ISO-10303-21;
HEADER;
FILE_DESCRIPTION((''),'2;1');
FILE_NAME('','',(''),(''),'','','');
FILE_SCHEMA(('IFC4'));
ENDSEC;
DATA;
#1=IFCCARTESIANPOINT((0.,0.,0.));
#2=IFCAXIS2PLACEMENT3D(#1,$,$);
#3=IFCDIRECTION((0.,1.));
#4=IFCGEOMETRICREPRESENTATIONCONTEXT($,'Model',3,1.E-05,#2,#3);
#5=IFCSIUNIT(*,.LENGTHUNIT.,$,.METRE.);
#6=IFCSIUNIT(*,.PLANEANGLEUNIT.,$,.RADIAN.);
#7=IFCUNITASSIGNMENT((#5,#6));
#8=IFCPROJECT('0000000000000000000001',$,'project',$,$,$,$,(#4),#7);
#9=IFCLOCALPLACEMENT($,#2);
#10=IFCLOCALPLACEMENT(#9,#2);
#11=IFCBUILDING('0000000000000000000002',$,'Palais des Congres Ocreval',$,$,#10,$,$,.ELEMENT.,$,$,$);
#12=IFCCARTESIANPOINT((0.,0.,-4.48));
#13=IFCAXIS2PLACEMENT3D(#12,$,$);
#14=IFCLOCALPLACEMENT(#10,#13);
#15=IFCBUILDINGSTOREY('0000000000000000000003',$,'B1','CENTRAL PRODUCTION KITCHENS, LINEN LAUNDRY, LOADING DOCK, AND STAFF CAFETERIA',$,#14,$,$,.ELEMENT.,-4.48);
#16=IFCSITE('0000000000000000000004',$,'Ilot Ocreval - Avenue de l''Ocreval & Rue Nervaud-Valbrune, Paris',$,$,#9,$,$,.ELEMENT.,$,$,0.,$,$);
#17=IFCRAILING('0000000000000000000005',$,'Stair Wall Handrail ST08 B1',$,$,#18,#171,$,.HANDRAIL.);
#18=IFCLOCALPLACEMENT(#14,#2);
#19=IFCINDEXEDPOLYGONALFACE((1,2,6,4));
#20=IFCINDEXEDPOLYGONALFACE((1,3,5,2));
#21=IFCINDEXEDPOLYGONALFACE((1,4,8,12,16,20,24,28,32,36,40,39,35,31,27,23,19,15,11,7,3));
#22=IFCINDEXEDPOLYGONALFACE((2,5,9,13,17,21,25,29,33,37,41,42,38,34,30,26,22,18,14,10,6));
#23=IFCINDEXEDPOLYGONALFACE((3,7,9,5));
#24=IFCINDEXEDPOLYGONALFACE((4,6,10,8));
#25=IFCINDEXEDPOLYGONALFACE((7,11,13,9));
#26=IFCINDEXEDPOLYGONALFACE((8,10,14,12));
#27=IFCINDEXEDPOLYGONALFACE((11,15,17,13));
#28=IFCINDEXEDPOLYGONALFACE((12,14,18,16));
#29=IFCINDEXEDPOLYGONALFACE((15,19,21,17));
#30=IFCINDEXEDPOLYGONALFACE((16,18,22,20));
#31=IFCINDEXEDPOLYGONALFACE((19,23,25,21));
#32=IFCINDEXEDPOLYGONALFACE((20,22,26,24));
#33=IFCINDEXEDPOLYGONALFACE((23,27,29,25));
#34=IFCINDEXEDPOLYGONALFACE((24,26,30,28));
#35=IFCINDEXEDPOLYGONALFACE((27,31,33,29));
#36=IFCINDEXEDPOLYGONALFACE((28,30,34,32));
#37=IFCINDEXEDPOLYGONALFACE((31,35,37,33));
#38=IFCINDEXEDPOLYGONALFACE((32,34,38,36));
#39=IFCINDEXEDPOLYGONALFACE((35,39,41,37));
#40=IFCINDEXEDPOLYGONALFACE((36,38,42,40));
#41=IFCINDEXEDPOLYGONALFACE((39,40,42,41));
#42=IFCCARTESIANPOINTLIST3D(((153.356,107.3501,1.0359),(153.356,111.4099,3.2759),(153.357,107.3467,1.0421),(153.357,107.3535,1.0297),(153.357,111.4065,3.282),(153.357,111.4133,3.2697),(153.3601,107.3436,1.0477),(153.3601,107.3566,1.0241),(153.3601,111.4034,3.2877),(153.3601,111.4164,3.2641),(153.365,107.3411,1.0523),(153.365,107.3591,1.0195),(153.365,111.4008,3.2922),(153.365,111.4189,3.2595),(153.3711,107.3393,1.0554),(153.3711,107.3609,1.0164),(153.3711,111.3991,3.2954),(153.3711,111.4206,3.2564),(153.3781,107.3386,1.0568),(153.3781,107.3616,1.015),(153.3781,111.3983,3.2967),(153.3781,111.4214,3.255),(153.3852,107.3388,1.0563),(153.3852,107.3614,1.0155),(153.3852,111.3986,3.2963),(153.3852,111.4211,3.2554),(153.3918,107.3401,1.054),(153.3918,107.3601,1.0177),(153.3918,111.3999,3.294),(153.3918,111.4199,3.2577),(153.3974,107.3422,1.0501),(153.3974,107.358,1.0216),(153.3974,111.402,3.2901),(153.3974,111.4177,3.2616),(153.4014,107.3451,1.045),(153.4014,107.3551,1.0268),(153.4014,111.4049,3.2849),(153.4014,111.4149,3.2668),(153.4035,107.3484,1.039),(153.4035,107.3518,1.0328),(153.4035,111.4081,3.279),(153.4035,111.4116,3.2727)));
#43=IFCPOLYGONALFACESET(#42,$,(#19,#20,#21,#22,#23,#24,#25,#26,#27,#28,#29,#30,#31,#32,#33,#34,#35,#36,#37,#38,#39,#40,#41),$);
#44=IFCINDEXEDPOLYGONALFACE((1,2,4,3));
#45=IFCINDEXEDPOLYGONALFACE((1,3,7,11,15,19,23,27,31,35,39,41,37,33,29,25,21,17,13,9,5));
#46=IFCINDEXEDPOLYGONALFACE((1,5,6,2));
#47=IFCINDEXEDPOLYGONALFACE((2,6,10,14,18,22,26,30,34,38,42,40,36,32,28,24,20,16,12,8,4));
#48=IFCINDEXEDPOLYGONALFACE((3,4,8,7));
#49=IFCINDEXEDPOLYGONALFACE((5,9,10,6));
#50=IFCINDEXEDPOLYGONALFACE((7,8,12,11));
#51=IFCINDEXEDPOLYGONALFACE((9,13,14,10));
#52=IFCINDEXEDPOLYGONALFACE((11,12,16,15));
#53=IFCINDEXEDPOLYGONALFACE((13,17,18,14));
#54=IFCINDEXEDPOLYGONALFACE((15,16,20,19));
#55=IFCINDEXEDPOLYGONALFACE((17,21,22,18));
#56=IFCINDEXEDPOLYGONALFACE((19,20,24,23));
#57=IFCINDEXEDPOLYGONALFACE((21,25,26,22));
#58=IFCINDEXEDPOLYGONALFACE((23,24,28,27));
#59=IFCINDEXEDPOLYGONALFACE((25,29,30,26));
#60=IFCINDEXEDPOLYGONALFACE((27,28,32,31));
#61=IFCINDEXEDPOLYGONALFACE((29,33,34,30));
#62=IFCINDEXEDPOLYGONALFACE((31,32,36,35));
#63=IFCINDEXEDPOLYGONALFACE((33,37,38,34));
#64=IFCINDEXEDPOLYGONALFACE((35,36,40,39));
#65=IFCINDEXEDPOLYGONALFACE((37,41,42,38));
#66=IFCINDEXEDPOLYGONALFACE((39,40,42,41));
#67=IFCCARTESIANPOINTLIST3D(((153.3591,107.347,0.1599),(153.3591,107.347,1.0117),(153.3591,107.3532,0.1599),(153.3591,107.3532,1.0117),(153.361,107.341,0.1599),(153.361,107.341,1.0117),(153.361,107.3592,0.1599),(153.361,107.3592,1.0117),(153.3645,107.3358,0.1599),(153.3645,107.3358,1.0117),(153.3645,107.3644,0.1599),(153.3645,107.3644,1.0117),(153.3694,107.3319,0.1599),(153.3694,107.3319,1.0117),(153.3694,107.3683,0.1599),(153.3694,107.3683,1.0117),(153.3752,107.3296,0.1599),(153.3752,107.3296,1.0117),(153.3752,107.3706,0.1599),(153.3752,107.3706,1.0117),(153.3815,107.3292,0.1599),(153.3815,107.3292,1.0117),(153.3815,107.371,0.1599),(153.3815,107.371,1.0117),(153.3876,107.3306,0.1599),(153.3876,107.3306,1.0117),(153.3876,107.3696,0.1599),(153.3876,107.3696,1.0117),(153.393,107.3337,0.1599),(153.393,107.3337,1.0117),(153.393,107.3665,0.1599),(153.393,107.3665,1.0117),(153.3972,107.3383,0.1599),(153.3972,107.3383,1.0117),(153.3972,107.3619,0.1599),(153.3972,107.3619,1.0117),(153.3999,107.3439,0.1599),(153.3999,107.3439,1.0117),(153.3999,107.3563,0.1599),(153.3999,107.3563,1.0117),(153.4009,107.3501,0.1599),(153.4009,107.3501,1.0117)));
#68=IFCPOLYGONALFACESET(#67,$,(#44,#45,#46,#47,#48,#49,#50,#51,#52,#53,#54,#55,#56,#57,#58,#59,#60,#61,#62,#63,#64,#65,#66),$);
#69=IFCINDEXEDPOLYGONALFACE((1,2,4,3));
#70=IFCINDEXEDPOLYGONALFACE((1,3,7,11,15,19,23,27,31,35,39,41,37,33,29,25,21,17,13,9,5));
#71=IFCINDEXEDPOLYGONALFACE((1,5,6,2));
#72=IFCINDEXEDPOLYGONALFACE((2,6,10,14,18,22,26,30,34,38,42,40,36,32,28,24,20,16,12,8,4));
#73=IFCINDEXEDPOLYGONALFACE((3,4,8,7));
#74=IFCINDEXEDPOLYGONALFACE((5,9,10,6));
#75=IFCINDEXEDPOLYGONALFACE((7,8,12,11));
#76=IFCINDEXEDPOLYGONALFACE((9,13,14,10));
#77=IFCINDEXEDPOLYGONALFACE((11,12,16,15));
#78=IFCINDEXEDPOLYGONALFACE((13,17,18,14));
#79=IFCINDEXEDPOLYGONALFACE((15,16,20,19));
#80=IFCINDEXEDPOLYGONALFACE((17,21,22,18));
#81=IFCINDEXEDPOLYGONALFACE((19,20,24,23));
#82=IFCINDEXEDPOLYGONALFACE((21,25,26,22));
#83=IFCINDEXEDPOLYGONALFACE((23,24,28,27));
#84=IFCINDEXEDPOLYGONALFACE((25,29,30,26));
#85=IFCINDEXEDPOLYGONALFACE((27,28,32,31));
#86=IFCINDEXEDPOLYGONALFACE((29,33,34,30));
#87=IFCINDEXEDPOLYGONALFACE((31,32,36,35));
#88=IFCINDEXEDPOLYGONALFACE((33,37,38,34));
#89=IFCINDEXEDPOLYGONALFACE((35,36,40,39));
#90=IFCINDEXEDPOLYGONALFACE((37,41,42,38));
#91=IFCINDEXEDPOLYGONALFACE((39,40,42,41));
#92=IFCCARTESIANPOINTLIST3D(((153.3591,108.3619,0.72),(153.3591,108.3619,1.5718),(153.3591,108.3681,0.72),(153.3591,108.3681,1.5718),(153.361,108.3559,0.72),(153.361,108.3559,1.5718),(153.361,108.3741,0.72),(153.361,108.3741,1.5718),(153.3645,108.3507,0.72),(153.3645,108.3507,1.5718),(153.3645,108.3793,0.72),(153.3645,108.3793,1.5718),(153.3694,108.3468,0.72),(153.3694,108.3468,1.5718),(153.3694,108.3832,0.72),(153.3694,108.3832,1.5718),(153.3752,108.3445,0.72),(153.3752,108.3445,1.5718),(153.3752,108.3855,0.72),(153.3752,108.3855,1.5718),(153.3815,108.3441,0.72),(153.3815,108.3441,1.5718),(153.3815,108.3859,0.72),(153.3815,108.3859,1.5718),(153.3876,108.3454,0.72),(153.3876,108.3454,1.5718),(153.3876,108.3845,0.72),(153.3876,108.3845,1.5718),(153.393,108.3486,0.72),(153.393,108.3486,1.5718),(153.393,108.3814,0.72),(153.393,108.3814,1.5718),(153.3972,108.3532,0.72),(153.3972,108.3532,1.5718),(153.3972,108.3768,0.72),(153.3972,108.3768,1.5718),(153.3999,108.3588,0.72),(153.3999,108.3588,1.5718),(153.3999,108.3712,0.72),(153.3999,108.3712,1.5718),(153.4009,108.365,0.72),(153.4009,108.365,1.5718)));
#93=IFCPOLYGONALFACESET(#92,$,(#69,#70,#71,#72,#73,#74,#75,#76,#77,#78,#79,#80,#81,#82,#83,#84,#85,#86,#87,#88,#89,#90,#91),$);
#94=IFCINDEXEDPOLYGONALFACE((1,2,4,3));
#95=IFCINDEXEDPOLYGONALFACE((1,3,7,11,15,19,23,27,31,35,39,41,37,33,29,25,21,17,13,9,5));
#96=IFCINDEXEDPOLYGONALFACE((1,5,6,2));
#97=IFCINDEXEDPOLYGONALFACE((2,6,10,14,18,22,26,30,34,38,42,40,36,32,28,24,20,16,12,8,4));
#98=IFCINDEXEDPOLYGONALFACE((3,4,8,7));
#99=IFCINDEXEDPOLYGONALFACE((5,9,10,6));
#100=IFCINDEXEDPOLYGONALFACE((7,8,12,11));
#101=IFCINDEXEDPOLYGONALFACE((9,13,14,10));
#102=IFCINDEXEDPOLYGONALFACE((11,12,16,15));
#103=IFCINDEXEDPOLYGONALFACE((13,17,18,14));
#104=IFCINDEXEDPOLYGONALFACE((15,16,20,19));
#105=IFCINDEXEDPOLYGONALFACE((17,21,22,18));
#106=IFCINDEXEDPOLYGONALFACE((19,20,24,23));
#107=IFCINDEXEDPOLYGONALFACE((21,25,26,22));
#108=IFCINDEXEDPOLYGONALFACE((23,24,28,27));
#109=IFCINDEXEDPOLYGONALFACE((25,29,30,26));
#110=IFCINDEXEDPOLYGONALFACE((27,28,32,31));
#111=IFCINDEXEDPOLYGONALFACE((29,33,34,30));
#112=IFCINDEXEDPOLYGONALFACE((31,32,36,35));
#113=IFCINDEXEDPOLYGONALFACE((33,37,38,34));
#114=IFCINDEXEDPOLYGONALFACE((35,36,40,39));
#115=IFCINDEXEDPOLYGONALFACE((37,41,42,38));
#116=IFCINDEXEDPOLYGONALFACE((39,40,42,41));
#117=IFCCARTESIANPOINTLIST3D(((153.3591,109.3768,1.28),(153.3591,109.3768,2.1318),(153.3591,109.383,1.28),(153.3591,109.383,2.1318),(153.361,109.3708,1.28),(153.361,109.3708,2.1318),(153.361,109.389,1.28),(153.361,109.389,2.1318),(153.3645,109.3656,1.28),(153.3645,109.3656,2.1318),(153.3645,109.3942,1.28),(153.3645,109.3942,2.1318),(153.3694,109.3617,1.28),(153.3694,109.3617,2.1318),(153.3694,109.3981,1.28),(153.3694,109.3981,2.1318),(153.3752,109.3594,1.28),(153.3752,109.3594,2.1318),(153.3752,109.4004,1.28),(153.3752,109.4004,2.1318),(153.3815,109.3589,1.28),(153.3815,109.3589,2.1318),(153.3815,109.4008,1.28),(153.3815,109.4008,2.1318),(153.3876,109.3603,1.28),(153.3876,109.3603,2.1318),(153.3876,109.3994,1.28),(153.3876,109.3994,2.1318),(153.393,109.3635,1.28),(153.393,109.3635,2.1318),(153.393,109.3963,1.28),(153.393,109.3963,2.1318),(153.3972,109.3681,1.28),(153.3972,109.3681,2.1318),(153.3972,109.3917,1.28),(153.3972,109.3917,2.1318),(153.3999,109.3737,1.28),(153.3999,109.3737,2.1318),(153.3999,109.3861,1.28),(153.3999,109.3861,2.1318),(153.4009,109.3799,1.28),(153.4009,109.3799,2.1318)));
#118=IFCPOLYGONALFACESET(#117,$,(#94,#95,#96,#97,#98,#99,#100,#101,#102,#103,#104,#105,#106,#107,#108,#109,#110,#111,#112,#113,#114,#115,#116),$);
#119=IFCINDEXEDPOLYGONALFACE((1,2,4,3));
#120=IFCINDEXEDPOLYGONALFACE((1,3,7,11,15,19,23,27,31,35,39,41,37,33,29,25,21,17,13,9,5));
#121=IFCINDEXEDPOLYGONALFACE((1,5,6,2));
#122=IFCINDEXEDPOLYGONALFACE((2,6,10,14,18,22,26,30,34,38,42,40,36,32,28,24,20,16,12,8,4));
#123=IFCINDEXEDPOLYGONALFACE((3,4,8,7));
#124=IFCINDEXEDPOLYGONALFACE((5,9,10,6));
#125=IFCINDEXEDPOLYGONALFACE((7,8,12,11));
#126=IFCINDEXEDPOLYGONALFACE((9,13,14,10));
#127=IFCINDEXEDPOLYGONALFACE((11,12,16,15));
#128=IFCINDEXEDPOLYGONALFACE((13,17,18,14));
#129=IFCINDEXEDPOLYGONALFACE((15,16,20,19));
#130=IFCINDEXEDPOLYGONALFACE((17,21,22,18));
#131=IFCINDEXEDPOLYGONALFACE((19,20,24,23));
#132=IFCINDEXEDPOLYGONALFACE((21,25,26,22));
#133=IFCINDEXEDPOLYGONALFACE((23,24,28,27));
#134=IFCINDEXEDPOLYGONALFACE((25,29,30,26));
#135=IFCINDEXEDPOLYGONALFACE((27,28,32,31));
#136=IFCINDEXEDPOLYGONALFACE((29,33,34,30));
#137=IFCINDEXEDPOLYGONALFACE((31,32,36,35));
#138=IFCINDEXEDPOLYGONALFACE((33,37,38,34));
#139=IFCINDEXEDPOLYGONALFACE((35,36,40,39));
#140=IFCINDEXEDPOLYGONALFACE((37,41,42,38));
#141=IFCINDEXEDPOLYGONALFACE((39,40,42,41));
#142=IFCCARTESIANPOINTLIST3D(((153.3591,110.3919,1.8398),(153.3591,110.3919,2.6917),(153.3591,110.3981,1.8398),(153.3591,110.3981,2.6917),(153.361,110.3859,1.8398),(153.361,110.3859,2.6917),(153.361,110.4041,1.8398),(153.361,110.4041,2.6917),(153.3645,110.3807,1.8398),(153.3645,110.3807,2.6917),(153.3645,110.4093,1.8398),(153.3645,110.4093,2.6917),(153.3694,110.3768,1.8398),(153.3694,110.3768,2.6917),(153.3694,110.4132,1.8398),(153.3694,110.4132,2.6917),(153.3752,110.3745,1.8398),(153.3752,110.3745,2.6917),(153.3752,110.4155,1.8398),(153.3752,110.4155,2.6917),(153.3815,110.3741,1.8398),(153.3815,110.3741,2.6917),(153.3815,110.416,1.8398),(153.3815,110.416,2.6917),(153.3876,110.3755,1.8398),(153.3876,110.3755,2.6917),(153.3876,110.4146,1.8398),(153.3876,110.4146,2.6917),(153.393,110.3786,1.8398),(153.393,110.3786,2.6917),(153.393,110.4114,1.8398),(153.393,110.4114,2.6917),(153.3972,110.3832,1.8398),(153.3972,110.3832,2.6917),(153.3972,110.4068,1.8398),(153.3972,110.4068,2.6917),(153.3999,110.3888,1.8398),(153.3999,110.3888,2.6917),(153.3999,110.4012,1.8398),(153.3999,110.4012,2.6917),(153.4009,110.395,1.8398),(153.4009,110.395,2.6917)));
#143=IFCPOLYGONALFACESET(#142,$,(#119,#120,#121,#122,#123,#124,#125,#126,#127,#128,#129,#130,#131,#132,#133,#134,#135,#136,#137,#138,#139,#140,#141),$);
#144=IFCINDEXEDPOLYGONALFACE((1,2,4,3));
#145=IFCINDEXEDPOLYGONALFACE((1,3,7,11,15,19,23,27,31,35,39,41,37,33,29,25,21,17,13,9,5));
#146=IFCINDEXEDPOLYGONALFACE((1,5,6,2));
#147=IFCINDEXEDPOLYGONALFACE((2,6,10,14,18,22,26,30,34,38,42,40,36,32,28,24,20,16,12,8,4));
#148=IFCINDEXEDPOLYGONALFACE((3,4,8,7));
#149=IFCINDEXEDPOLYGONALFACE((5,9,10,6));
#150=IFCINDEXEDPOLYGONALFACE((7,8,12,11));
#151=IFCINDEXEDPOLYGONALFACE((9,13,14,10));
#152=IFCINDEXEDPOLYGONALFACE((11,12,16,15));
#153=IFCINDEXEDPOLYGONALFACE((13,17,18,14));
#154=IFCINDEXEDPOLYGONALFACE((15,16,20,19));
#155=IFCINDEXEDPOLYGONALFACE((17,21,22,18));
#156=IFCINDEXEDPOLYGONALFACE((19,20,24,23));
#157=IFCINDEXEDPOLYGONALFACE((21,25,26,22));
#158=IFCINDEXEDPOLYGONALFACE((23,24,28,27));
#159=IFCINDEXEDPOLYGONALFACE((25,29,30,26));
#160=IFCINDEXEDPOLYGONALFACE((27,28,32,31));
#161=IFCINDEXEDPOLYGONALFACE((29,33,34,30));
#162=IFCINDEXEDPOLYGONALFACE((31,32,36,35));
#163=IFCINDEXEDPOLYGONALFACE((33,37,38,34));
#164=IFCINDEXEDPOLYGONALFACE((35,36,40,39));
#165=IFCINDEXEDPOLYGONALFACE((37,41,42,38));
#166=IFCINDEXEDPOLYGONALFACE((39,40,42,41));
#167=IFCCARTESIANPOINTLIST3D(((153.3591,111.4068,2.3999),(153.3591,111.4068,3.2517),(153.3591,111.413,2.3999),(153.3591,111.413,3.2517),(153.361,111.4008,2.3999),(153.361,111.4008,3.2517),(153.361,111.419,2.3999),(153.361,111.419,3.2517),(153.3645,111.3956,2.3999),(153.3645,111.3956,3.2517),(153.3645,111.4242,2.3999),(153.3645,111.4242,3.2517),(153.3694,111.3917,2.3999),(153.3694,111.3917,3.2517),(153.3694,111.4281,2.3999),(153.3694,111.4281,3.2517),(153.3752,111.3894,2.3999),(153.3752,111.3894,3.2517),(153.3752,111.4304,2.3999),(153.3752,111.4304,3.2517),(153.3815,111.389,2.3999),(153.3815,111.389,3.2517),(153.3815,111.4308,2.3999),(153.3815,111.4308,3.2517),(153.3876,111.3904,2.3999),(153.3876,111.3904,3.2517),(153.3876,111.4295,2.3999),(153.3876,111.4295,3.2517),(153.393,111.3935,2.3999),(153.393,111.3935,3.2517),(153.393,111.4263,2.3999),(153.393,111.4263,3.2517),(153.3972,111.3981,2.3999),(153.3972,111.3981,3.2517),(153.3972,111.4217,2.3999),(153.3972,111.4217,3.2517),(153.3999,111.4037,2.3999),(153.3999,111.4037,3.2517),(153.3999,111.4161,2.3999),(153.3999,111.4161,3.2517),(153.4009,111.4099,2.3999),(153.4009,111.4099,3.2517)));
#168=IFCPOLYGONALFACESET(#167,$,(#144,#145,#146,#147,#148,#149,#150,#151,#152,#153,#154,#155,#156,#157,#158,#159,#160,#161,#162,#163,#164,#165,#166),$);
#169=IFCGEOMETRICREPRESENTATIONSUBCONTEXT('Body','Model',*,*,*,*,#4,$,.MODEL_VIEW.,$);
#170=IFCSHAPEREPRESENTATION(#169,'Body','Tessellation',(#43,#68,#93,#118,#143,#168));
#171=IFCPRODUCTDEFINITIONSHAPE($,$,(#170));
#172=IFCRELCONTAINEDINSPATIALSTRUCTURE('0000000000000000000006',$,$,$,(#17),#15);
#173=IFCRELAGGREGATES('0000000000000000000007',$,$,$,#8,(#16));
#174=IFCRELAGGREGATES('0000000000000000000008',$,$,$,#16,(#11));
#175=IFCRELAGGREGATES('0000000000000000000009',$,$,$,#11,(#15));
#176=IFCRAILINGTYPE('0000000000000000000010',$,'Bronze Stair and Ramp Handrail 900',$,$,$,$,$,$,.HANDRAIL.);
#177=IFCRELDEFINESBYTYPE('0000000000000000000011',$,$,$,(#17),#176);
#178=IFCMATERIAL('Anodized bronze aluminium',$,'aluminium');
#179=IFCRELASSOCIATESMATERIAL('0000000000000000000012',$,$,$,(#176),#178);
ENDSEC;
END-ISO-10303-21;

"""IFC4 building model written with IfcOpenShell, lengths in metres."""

from ifc_helpers import new_model, si_unit, direction, frame, origin, origin_2d, place, context, subcontext, project, spatial, circle, extrude, material, type_object, element, save


model = new_model("IFC4")

# Units and contexts
model_context = context("Model", 3, precision=1e-05, world=origin(), true_north=direction((0.0, 1.0)))
body_context = subcontext(model_context, "Body", "Model", "MODEL_VIEW")
ifc_project = project(units=[si_unit("LENGTHUNIT", "METRE"), si_unit("PLANEANGLEUNIT", "RADIAN")], contexts=[model_context])

# Site, building, storey
site_placement = place(None, origin())
site = spatial("IfcSite", under=ifc_project, at=site_placement, Name="Ilot Ocreval - Avenue de l'Ocreval & Rue Nervaud-Valbrune, Paris", CompositionType="ELEMENT", RefElevation=0.0)
building_placement = place(site_placement, origin())
building = spatial("IfcBuilding", under=site, at=building_placement, Name="Palais des Congres Ocreval", CompositionType="ELEMENT")
storey_placement = place(building_placement, frame((0.0, 0.0, -4.48)))
storey = spatial("IfcBuildingStorey", under=building, at=storey_placement, Name="B1", Description="CENTRAL PRODUCTION KITCHENS, LINEN LAUNDRY, LOADING DOCK, AND STAFF CAFETERIA", CompositionType="ELEMENT", Elevation=-4.48)

# Railing
ifc_material_1 = material(Name="Anodized bronze aluminium", Category="aluminium")
railing_type_1 = type_object("IfcRailingType", Name="Bronze Stair and Ramp Handrail 900", PredefinedType="HANDRAIL", material=ifc_material_1)
railing_1_placement = place(storey_placement, frame((153.3799, 107.3501, 0.1599)))
element("IfcRailing", 1, at=railing_1_placement, inside=storey, type_object=railing_type_1, Name="Stair Wall Handrail ST08 B1", PredefinedType="HANDRAIL", context=body_context, shape_type="SweptSolid", body=[
    extrude(circle(Radius=0.0239, at=origin_2d()), frame((0.0, 0.0, 0.876), z_axis=(0.0, 0.875569, 0.483093), x_axis=(-1.0, 0.0, 0.0)), (0.0, 0.0, 1.0), 4.6367),
    extrude(circle(Radius=0.021, at=origin_2d()), origin(), (0.0, 0.0, 1.0), 0.8518),
    extrude(circle(Radius=0.021, at=origin_2d()), frame((0.0, 1.0149, 0.5601)), (0.0, 0.0, 1.0), 0.8518),
    extrude(circle(Radius=0.021, at=origin_2d()), frame((0.0, 2.0298, 1.1201)), (0.0, 0.0, 1.0), 0.8518),
    extrude(circle(Radius=0.021, at=origin_2d()), frame((0.0, 3.0449, 1.6799)), (0.0, 0.0, 1.0), 0.8518),
    extrude(circle(Radius=0.021, at=origin_2d()), frame((0.0, 4.0598, 2.24)), (0.0, 0.0, 1.0), 0.8518),
])

save(model, "model.ifc")
